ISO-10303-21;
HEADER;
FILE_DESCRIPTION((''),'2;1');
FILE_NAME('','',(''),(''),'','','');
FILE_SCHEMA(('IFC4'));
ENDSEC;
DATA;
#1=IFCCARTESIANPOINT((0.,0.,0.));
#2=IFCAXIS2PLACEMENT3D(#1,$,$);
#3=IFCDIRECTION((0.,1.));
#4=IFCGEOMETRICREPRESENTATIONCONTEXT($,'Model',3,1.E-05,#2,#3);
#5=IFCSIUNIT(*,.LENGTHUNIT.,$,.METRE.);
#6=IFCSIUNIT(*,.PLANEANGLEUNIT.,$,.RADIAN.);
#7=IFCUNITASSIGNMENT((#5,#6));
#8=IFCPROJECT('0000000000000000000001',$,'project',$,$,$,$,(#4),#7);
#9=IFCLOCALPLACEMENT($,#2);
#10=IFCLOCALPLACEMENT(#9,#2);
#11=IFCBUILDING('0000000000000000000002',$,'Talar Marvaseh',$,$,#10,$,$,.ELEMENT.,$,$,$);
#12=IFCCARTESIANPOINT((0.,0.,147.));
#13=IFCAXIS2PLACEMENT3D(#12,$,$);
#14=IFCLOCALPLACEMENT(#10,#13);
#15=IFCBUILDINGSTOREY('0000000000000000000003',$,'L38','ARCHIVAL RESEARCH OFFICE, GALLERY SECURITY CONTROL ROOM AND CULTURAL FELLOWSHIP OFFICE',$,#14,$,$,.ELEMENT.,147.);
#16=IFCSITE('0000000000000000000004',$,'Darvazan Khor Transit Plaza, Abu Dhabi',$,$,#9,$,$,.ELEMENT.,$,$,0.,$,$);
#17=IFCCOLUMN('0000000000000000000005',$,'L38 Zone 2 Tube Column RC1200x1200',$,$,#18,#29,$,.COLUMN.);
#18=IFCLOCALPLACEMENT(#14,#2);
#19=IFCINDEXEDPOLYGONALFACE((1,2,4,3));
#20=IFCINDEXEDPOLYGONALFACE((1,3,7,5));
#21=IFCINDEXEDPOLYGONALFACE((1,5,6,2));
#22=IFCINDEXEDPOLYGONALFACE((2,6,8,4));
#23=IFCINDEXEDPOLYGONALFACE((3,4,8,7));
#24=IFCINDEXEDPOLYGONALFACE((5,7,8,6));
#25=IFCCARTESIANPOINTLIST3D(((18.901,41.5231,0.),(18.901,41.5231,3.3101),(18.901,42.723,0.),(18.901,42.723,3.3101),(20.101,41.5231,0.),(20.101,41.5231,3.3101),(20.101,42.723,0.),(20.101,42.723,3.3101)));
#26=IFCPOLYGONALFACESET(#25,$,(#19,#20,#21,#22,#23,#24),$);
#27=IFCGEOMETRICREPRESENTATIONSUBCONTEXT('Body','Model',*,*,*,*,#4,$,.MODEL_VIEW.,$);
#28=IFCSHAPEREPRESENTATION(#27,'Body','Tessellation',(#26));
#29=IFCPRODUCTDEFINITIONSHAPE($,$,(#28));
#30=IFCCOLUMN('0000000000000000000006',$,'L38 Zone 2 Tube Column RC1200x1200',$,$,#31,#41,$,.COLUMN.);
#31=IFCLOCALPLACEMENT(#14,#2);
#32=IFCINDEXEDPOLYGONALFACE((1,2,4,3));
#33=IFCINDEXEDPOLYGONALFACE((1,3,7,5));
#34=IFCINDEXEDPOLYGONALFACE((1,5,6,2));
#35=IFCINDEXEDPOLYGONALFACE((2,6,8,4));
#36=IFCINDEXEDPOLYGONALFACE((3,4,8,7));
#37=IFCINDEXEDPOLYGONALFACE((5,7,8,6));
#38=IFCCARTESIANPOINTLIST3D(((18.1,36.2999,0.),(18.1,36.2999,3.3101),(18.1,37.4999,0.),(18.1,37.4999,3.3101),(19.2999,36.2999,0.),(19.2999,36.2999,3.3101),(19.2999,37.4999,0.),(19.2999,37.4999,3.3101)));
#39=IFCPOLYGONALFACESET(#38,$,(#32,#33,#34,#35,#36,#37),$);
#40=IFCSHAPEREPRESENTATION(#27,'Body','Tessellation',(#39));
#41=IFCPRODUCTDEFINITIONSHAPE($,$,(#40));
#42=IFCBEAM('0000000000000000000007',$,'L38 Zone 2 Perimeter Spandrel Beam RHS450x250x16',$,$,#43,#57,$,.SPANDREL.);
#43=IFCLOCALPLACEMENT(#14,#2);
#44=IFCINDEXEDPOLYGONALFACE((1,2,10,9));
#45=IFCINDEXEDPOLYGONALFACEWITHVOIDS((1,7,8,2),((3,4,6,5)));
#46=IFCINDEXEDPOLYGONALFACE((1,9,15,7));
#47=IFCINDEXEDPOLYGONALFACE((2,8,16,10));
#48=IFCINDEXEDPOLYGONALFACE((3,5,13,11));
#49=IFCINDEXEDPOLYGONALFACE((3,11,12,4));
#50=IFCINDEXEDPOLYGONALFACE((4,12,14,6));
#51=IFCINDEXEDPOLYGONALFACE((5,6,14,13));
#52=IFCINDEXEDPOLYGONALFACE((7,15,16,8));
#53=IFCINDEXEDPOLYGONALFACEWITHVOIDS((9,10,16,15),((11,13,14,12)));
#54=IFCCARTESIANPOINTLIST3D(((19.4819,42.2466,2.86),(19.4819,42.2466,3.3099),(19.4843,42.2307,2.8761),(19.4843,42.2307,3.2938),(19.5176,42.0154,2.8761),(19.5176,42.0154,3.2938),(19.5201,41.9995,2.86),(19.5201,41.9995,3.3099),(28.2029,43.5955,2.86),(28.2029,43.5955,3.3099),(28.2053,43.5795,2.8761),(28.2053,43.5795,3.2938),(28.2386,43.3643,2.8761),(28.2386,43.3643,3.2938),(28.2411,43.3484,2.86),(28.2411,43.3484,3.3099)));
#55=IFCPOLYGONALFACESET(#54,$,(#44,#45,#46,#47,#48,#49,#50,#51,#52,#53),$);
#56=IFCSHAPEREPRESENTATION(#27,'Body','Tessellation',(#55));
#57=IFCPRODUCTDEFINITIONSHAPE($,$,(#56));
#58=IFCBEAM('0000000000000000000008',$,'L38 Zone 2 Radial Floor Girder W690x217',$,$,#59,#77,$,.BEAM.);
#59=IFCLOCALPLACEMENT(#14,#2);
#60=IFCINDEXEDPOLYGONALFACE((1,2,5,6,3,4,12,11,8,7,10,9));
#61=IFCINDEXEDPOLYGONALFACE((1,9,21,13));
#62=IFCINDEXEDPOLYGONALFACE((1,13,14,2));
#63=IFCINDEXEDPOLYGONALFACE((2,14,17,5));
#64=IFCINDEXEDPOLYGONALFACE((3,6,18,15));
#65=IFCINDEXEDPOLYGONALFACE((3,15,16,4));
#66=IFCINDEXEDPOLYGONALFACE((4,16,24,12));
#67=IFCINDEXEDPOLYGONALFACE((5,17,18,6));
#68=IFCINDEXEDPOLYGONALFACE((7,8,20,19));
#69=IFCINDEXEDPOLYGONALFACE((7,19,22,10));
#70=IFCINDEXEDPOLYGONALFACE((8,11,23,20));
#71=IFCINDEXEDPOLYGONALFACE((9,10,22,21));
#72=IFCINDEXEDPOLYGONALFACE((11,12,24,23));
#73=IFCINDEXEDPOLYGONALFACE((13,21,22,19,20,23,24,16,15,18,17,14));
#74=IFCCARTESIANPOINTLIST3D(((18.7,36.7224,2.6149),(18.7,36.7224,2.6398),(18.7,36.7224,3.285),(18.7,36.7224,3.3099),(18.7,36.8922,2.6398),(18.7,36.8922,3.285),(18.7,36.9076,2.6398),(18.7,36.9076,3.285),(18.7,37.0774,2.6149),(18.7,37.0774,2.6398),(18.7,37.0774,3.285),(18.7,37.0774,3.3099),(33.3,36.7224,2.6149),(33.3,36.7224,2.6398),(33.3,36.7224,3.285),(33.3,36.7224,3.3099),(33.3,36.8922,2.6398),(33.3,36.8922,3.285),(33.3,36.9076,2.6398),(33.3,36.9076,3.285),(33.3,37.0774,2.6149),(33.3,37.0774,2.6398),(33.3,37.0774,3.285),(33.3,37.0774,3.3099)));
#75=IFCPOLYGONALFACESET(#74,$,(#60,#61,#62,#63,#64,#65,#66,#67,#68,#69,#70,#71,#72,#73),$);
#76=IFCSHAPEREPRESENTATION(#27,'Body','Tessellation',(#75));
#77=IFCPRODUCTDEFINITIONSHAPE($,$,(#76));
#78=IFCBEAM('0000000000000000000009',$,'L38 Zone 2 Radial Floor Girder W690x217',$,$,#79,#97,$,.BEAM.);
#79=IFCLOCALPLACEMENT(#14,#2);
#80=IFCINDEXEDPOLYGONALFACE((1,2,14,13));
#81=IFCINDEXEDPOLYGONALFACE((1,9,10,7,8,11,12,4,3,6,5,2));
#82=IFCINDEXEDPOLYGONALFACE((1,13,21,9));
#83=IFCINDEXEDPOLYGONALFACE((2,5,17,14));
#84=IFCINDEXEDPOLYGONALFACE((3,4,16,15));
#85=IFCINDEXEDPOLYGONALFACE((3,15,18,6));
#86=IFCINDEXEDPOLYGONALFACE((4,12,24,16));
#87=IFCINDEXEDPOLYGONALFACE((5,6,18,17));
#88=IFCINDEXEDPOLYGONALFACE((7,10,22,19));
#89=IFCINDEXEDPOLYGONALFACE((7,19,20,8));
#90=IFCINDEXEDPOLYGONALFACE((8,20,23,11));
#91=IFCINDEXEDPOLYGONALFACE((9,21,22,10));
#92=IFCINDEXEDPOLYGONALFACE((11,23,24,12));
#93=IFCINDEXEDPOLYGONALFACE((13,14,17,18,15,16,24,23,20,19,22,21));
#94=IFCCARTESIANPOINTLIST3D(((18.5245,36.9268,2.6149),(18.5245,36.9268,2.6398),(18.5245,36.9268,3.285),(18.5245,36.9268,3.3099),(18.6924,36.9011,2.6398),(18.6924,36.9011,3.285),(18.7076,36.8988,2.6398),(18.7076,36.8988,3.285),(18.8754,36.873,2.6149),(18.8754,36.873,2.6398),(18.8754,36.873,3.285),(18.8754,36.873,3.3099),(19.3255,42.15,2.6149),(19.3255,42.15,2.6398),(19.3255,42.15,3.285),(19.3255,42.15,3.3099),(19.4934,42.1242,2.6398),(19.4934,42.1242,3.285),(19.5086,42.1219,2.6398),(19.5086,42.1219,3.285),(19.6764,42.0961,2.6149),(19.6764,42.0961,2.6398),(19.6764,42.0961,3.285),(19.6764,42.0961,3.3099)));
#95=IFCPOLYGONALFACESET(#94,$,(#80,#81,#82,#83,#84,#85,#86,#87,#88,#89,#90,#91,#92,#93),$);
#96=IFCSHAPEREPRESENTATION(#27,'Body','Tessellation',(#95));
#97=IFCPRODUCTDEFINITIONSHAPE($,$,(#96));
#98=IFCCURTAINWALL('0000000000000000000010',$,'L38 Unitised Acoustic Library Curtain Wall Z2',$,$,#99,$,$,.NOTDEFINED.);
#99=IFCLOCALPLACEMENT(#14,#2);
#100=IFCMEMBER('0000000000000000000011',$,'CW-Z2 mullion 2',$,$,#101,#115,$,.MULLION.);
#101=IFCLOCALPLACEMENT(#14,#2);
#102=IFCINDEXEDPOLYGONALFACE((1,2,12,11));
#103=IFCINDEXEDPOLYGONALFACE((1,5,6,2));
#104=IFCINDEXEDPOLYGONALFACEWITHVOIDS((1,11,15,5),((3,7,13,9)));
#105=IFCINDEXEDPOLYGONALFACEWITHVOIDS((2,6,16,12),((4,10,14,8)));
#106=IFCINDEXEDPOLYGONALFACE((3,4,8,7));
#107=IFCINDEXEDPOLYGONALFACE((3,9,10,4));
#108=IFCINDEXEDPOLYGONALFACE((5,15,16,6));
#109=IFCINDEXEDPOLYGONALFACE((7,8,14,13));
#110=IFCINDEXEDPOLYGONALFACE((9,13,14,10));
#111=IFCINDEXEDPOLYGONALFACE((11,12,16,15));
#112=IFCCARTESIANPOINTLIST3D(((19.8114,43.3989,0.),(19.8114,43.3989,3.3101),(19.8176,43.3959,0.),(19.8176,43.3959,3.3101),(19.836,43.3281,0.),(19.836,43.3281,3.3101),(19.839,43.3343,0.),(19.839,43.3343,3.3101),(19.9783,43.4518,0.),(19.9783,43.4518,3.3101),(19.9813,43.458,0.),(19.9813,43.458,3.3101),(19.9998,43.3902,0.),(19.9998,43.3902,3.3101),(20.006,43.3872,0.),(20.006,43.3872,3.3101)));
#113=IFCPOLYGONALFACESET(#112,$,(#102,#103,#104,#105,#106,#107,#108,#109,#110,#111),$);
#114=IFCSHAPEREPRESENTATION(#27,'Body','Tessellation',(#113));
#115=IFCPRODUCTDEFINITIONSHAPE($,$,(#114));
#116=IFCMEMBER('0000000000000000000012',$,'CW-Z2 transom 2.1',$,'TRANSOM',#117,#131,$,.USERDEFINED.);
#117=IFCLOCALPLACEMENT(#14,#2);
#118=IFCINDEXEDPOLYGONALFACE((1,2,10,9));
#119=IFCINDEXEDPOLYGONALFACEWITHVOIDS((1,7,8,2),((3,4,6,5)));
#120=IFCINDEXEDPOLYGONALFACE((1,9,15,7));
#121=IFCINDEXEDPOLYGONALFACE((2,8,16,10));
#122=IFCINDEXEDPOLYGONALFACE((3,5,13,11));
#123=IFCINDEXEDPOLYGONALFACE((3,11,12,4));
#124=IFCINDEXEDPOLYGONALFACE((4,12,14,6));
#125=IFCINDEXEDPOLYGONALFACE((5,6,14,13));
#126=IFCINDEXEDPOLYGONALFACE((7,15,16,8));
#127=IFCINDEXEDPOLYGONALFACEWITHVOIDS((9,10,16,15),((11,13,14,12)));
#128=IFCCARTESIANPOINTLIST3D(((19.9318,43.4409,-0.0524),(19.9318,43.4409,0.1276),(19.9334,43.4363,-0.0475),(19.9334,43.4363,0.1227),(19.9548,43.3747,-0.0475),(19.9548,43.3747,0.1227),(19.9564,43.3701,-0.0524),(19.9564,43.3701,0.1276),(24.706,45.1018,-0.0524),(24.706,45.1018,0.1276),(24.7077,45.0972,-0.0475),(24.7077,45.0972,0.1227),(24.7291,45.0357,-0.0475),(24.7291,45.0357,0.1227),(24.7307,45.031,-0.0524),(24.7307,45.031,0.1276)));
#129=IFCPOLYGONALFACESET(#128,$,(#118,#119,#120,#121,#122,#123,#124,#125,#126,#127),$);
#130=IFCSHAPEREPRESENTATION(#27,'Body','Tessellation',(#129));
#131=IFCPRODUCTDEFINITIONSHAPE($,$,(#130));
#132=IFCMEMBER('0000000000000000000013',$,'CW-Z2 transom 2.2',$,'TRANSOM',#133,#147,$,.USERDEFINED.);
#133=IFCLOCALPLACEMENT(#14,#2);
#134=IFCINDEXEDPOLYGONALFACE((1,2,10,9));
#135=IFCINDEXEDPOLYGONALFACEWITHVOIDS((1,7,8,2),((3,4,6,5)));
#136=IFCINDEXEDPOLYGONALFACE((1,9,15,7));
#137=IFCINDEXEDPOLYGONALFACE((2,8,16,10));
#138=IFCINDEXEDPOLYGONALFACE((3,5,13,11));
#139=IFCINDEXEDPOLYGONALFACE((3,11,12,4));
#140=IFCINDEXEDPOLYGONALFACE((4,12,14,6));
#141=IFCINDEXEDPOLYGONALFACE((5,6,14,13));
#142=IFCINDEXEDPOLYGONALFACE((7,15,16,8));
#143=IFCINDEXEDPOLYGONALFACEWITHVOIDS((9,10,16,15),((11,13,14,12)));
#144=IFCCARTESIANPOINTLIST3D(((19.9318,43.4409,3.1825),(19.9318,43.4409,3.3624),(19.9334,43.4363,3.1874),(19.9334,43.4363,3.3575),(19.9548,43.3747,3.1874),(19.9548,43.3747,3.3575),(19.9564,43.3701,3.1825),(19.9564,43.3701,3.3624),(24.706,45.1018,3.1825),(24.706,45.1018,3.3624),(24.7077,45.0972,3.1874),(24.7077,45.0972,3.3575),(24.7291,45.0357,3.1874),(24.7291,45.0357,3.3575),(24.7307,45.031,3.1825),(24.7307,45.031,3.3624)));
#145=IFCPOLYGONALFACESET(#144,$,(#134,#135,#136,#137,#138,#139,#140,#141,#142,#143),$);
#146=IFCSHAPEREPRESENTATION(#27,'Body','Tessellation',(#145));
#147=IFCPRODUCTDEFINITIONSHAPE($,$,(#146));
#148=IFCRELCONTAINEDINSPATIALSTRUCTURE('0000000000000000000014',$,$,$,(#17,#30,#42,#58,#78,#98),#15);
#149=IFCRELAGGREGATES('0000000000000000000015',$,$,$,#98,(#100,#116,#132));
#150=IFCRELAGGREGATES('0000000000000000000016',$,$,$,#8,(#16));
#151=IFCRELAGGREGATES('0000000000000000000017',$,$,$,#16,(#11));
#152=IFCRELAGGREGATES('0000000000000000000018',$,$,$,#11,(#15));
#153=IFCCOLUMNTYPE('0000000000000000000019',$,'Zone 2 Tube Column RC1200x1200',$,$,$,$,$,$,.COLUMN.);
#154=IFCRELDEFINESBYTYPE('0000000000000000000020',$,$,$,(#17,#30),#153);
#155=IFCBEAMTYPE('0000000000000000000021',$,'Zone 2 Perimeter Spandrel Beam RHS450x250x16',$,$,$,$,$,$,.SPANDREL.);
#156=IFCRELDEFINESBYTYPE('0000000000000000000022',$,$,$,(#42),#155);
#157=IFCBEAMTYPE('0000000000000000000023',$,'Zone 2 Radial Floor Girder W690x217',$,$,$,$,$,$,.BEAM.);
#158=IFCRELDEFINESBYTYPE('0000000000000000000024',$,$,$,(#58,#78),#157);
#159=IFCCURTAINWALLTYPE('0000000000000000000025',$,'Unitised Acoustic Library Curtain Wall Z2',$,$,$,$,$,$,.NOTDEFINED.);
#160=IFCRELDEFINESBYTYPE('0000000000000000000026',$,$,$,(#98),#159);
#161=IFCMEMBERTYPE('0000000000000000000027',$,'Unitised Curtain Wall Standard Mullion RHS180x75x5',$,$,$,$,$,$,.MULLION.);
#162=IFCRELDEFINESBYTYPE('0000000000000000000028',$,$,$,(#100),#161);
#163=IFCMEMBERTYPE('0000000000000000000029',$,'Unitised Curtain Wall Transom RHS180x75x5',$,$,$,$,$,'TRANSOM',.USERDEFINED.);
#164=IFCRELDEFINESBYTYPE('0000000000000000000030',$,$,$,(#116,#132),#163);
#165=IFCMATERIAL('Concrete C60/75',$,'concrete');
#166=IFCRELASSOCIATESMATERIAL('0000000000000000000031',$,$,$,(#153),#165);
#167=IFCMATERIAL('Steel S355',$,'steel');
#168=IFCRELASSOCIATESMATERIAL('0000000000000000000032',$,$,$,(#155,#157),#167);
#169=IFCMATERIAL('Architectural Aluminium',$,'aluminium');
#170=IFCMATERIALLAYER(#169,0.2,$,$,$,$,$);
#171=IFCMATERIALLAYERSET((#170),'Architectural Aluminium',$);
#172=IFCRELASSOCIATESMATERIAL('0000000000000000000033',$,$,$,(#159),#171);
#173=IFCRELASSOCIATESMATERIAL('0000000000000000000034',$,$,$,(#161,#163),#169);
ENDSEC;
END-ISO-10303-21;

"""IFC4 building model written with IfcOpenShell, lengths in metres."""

from ifc_helpers import new_model, si_unit, direction, frame, origin, origin_2d, place, context, subcontext, project, spatial, rectangle, hollow_rectangle, i_section, extrude, source, transform, mapped, material, layer, layer_set, material_profile, profile_set, type_object, type_shapes, element, aggregate, save


model = new_model("IFC4")

# Units and contexts
model_context = context("Model", 3, precision=1e-05, world=origin(), true_north=direction((0.0, 1.0)))
body_context = subcontext(model_context, "Body", "Model", "MODEL_VIEW")
ifc_project = project(units=[si_unit("LENGTHUNIT", "METRE"), si_unit("PLANEANGLEUNIT", "RADIAN")], contexts=[model_context])

# Site, building, storey
site_placement = place(None, origin())
site = spatial("IfcSite", under=ifc_project, at=site_placement, Name="Darvazan Khor Transit Plaza, Abu Dhabi", CompositionType="ELEMENT", RefElevation=0.0)
building_placement = place(site_placement, origin())
building = spatial("IfcBuilding", under=site, at=building_placement, Name="Talar Marvaseh", CompositionType="ELEMENT")
storey_placement = place(building_placement, frame((0.0, 0.0, 147.0)))
storey = spatial("IfcBuildingStorey", under=building, at=storey_placement, Name="L38", Description="ARCHIVAL RESEARCH OFFICE, GALLERY SECURITY CONTROL ROOM AND CULTURAL FELLOWSHIP OFFICE", CompositionType="ELEMENT", Elevation=147.0)

# Columns
ifc_material_1 = material(Name="Concrete C60/75", Category="concrete")
ifc_material_profile_1 = material_profile(ifc_material_1, rectangle(XDim=1.2, YDim=1.2, at=origin_2d()), Name="RC1200x1200")
ifc_profile_set_1 = profile_set([ifc_material_profile_1], Name="Concrete C60/75")
column_type = type_object("IfcColumnType", Name="Zone 2 Tube Column RC1200x1200", PredefinedType="COLUMN", material=ifc_profile_set_1)
for number, where, z_axis, x_axis, name in (
    (1, (19.501, 42.123, 0.0), (0.0, 0.0, 1.0), (1.0, 0.0, 0.0), "L38 Zone 2 Tube Column RC1200x1200"),
    (2, (18.7, 36.8999, 0.0), (0.0, 0.0, 1.0), (1.0, 0.0, 0.0), "L38 Zone 2 Tube Column RC1200x1200"),
):
    element("IfcColumn", number, at=place(storey_placement, frame(where, z_axis=z_axis, x_axis=x_axis)), inside=storey, type_object=column_type, Name=name, PredefinedType="COLUMN", context=body_context, shape_type="SweptSolid", body=[
        extrude(rectangle(XDim=1.2, YDim=1.2, at=origin_2d()), origin(), (0.0, 0.0, 1.0), 3.3101),
    ])

# Beams
ifc_material_2 = material(Name="Steel S355", Category="steel")
ifc_material_profile_2 = material_profile(ifc_material_2, hollow_rectangle(XDim=0.25, YDim=0.45, WallThickness=0.0161, at=origin_2d()), Name="RHS450x250x16")
ifc_profile_set_2 = profile_set([ifc_material_profile_2], Name="Steel S355")
beam_type_1 = type_object("IfcBeamType", Name="Zone 2 Perimeter Spandrel Beam RHS450x250x16", PredefinedType="SPANDREL", material=ifc_profile_set_2)
beam_1_placement = place(storey_placement, frame((19.501, 42.123, 3.085), z_axis=(0.988249, 0.152853, 0.0), x_axis=(-0.152853, 0.988249, 0.0)))
element("IfcBeam", 3, at=beam_1_placement, inside=storey, type_object=beam_type_1, Name="L38 Zone 2 Perimeter Spandrel Beam RHS450x250x16", PredefinedType="SPANDREL", context=body_context, shape_type="SweptSolid", body=[
    extrude(hollow_rectangle(XDim=0.25, YDim=0.45, WallThickness=0.0161, at=origin_2d()), origin(), (0.0, 0.0, 1.0), 8.8247),
])
ifc_material_profile_3 = material_profile(ifc_material_2, i_section(OverallWidth=0.355, OverallDepth=0.6951, WebThickness=0.0154, FlangeThickness=0.0249, at=origin_2d()), Name="W690x217")
ifc_profile_set_3 = profile_set([ifc_material_profile_3], Name="Steel S355")
beam_type_2 = type_object("IfcBeamType", Name="Zone 2 Radial Floor Girder W690x217", PredefinedType="BEAM", material=ifc_profile_set_3)
beam_2_placement = place(storey_placement, frame((18.7, 36.8999, 2.9624), z_axis=(1.0, 0.0, 0.0), x_axis=(0.0, 1.0, 0.0)))
element("IfcBeam", 4, at=beam_2_placement, inside=storey, type_object=beam_type_2, Name="L38 Zone 2 Radial Floor Girder W690x217", PredefinedType="BEAM", context=body_context, shape_type="SweptSolid", body=[
    extrude(i_section(OverallWidth=0.355, OverallDepth=0.6951, WebThickness=0.0154, FlangeThickness=0.0249, at=origin_2d()), origin(), (0.0, 0.0, 1.0), 14.6001),
])
beam_3_placement = place(storey_placement, frame((19.501, 42.123, 2.9624), z_axis=(-0.151588, -0.988444, 0.0), x_axis=(0.988444, -0.151588, 0.0)))
element("IfcBeam", 5, at=beam_3_placement, inside=storey, type_object=beam_type_2, Name="L38 Zone 2 Radial Floor Girder W690x217", PredefinedType="BEAM", context=body_context, shape_type="SweptSolid", body=[
    extrude(i_section(OverallWidth=0.355, OverallDepth=0.6951, WebThickness=0.0154, FlangeThickness=0.0249, at=origin_2d()), origin(), (0.0, 0.0, 1.0), 5.2842),
])

# Curtain wall, members
ifc_material_3 = material(Name="Architectural Aluminium", Category="aluminium")
ifc_layer_1 = layer(ifc_material_3, 0.2)
ifc_layer_set_1 = layer_set([ifc_layer_1], Name="Architectural Aluminium")
curtain_wall_type = type_object("IfcCurtainWallType", Name="Unitised Acoustic Library Curtain Wall Z2", PredefinedType="NOTDEFINED", material=ifc_layer_set_1)
curtain_wall_placement = place(storey_placement, origin())
curtain_wall = element("IfcCurtainWall", 6, at=curtain_wall_placement, inside=storey, type_object=curtain_wall_type, Name="L38 Unitised Acoustic Library Curtain Wall Z2", PredefinedType="NOTDEFINED")
ifc_material_profile_4 = material_profile(ifc_material_3, hollow_rectangle(XDim=0.075, YDim=0.1799, WallThickness=0.0049, at=origin_2d()), Name="RHS180x75x5")
ifc_profile_set_4 = profile_set([ifc_material_profile_4], Name="Architectural Aluminium")
member_type_1 = type_object("IfcMemberType", Name="Unitised Curtain Wall Standard Mullion RHS180x75x5", PredefinedType="MULLION", material=ifc_profile_set_4)
shared_shape_1 = source(origin(), body_context, "Body", "SweptSolid", [
    extrude(hollow_rectangle(XDim=0.075, YDim=0.1799, WallThickness=0.0049, at=origin_2d()), origin(), (0.0, 0.0, 1.0), 3.3101),
])
type_shapes(member_type_1, [shared_shape_1])
member_1_placement = place(storey_placement, frame((19.9087, 43.3931, 0.0), z_axis=(0.0, 0.0, 1.0), x_axis=(-0.328569, 0.94448, 0.0)))
member_1 = element("IfcMember", 7, at=member_1_placement, type_object=member_type_1, Name="CW-Z2 mullion 2", PredefinedType="MULLION", context=body_context, shape_type="MappedRepresentation", body=[
    mapped(shared_shape_1, transform((0.0, 0.0, 0.0), x_axis=(1.0, 0.0, 0.0), y_axis=(0.0, 1.0, 0.0), z_axis=(0.0, 0.0, 1.0), scale=1.0)),
])
ifc_material_profile_5 = material_profile(ifc_material_3, hollow_rectangle(XDim=0.075, YDim=0.1799, WallThickness=0.0049, at=origin_2d()), Name="RHS180x75x5")
ifc_profile_set_5 = profile_set([ifc_material_profile_5], Name="Architectural Aluminium")
member_type_2 = type_object("IfcMemberType", Name="Unitised Curtain Wall Transom RHS180x75x5", ElementType="TRANSOM", PredefinedType="USERDEFINED", material=ifc_profile_set_5)
shared_shape_2 = source(origin(), body_context, "Body", "SweptSolid", [
    extrude(hollow_rectangle(XDim=0.075, YDim=0.1799, WallThickness=0.0049, at=origin_2d()), origin(), (0.0, 0.0, 1.0), 5.0549),
])
type_shapes(member_type_2, [shared_shape_2])
member_2_placement = place(storey_placement, frame((19.9441, 43.4055, 0.0376), z_axis=(0.944478, 0.328575, 0.0), x_axis=(-0.328575, 0.944478, 0.0)))
member_2 = element("IfcMember", 8, at=member_2_placement, type_object=member_type_2, Name="CW-Z2 transom 2.1", ObjectType="TRANSOM", PredefinedType="USERDEFINED", context=body_context, shape_type="MappedRepresentation", body=[
    mapped(shared_shape_2, transform((0.0, 0.0, 0.0), x_axis=(1.0, 0.0, 0.0), y_axis=(0.0, 1.0, 0.0), z_axis=(0.0, 0.0, 1.0), scale=1.0)),
])
member_3_placement = place(storey_placement, frame((19.9441, 43.4055, 3.2725), z_axis=(0.944478, 0.328575, 0.0), x_axis=(-0.328575, 0.944478, 0.0)))
member_3 = element("IfcMember", 9, at=member_3_placement, type_object=member_type_2, Name="CW-Z2 transom 2.2", ObjectType="TRANSOM", PredefinedType="USERDEFINED", context=body_context, shape_type="MappedRepresentation", body=[
    mapped(shared_shape_2, transform((0.0, 0.0, 0.0), x_axis=(1.0, 0.0, 0.0), y_axis=(0.0, 1.0, 0.0), z_axis=(0.0, 0.0, 1.0), scale=1.0)),
])
aggregate(curtain_wall, [member_1, member_2, member_3])

save(model, "model.ifc")
